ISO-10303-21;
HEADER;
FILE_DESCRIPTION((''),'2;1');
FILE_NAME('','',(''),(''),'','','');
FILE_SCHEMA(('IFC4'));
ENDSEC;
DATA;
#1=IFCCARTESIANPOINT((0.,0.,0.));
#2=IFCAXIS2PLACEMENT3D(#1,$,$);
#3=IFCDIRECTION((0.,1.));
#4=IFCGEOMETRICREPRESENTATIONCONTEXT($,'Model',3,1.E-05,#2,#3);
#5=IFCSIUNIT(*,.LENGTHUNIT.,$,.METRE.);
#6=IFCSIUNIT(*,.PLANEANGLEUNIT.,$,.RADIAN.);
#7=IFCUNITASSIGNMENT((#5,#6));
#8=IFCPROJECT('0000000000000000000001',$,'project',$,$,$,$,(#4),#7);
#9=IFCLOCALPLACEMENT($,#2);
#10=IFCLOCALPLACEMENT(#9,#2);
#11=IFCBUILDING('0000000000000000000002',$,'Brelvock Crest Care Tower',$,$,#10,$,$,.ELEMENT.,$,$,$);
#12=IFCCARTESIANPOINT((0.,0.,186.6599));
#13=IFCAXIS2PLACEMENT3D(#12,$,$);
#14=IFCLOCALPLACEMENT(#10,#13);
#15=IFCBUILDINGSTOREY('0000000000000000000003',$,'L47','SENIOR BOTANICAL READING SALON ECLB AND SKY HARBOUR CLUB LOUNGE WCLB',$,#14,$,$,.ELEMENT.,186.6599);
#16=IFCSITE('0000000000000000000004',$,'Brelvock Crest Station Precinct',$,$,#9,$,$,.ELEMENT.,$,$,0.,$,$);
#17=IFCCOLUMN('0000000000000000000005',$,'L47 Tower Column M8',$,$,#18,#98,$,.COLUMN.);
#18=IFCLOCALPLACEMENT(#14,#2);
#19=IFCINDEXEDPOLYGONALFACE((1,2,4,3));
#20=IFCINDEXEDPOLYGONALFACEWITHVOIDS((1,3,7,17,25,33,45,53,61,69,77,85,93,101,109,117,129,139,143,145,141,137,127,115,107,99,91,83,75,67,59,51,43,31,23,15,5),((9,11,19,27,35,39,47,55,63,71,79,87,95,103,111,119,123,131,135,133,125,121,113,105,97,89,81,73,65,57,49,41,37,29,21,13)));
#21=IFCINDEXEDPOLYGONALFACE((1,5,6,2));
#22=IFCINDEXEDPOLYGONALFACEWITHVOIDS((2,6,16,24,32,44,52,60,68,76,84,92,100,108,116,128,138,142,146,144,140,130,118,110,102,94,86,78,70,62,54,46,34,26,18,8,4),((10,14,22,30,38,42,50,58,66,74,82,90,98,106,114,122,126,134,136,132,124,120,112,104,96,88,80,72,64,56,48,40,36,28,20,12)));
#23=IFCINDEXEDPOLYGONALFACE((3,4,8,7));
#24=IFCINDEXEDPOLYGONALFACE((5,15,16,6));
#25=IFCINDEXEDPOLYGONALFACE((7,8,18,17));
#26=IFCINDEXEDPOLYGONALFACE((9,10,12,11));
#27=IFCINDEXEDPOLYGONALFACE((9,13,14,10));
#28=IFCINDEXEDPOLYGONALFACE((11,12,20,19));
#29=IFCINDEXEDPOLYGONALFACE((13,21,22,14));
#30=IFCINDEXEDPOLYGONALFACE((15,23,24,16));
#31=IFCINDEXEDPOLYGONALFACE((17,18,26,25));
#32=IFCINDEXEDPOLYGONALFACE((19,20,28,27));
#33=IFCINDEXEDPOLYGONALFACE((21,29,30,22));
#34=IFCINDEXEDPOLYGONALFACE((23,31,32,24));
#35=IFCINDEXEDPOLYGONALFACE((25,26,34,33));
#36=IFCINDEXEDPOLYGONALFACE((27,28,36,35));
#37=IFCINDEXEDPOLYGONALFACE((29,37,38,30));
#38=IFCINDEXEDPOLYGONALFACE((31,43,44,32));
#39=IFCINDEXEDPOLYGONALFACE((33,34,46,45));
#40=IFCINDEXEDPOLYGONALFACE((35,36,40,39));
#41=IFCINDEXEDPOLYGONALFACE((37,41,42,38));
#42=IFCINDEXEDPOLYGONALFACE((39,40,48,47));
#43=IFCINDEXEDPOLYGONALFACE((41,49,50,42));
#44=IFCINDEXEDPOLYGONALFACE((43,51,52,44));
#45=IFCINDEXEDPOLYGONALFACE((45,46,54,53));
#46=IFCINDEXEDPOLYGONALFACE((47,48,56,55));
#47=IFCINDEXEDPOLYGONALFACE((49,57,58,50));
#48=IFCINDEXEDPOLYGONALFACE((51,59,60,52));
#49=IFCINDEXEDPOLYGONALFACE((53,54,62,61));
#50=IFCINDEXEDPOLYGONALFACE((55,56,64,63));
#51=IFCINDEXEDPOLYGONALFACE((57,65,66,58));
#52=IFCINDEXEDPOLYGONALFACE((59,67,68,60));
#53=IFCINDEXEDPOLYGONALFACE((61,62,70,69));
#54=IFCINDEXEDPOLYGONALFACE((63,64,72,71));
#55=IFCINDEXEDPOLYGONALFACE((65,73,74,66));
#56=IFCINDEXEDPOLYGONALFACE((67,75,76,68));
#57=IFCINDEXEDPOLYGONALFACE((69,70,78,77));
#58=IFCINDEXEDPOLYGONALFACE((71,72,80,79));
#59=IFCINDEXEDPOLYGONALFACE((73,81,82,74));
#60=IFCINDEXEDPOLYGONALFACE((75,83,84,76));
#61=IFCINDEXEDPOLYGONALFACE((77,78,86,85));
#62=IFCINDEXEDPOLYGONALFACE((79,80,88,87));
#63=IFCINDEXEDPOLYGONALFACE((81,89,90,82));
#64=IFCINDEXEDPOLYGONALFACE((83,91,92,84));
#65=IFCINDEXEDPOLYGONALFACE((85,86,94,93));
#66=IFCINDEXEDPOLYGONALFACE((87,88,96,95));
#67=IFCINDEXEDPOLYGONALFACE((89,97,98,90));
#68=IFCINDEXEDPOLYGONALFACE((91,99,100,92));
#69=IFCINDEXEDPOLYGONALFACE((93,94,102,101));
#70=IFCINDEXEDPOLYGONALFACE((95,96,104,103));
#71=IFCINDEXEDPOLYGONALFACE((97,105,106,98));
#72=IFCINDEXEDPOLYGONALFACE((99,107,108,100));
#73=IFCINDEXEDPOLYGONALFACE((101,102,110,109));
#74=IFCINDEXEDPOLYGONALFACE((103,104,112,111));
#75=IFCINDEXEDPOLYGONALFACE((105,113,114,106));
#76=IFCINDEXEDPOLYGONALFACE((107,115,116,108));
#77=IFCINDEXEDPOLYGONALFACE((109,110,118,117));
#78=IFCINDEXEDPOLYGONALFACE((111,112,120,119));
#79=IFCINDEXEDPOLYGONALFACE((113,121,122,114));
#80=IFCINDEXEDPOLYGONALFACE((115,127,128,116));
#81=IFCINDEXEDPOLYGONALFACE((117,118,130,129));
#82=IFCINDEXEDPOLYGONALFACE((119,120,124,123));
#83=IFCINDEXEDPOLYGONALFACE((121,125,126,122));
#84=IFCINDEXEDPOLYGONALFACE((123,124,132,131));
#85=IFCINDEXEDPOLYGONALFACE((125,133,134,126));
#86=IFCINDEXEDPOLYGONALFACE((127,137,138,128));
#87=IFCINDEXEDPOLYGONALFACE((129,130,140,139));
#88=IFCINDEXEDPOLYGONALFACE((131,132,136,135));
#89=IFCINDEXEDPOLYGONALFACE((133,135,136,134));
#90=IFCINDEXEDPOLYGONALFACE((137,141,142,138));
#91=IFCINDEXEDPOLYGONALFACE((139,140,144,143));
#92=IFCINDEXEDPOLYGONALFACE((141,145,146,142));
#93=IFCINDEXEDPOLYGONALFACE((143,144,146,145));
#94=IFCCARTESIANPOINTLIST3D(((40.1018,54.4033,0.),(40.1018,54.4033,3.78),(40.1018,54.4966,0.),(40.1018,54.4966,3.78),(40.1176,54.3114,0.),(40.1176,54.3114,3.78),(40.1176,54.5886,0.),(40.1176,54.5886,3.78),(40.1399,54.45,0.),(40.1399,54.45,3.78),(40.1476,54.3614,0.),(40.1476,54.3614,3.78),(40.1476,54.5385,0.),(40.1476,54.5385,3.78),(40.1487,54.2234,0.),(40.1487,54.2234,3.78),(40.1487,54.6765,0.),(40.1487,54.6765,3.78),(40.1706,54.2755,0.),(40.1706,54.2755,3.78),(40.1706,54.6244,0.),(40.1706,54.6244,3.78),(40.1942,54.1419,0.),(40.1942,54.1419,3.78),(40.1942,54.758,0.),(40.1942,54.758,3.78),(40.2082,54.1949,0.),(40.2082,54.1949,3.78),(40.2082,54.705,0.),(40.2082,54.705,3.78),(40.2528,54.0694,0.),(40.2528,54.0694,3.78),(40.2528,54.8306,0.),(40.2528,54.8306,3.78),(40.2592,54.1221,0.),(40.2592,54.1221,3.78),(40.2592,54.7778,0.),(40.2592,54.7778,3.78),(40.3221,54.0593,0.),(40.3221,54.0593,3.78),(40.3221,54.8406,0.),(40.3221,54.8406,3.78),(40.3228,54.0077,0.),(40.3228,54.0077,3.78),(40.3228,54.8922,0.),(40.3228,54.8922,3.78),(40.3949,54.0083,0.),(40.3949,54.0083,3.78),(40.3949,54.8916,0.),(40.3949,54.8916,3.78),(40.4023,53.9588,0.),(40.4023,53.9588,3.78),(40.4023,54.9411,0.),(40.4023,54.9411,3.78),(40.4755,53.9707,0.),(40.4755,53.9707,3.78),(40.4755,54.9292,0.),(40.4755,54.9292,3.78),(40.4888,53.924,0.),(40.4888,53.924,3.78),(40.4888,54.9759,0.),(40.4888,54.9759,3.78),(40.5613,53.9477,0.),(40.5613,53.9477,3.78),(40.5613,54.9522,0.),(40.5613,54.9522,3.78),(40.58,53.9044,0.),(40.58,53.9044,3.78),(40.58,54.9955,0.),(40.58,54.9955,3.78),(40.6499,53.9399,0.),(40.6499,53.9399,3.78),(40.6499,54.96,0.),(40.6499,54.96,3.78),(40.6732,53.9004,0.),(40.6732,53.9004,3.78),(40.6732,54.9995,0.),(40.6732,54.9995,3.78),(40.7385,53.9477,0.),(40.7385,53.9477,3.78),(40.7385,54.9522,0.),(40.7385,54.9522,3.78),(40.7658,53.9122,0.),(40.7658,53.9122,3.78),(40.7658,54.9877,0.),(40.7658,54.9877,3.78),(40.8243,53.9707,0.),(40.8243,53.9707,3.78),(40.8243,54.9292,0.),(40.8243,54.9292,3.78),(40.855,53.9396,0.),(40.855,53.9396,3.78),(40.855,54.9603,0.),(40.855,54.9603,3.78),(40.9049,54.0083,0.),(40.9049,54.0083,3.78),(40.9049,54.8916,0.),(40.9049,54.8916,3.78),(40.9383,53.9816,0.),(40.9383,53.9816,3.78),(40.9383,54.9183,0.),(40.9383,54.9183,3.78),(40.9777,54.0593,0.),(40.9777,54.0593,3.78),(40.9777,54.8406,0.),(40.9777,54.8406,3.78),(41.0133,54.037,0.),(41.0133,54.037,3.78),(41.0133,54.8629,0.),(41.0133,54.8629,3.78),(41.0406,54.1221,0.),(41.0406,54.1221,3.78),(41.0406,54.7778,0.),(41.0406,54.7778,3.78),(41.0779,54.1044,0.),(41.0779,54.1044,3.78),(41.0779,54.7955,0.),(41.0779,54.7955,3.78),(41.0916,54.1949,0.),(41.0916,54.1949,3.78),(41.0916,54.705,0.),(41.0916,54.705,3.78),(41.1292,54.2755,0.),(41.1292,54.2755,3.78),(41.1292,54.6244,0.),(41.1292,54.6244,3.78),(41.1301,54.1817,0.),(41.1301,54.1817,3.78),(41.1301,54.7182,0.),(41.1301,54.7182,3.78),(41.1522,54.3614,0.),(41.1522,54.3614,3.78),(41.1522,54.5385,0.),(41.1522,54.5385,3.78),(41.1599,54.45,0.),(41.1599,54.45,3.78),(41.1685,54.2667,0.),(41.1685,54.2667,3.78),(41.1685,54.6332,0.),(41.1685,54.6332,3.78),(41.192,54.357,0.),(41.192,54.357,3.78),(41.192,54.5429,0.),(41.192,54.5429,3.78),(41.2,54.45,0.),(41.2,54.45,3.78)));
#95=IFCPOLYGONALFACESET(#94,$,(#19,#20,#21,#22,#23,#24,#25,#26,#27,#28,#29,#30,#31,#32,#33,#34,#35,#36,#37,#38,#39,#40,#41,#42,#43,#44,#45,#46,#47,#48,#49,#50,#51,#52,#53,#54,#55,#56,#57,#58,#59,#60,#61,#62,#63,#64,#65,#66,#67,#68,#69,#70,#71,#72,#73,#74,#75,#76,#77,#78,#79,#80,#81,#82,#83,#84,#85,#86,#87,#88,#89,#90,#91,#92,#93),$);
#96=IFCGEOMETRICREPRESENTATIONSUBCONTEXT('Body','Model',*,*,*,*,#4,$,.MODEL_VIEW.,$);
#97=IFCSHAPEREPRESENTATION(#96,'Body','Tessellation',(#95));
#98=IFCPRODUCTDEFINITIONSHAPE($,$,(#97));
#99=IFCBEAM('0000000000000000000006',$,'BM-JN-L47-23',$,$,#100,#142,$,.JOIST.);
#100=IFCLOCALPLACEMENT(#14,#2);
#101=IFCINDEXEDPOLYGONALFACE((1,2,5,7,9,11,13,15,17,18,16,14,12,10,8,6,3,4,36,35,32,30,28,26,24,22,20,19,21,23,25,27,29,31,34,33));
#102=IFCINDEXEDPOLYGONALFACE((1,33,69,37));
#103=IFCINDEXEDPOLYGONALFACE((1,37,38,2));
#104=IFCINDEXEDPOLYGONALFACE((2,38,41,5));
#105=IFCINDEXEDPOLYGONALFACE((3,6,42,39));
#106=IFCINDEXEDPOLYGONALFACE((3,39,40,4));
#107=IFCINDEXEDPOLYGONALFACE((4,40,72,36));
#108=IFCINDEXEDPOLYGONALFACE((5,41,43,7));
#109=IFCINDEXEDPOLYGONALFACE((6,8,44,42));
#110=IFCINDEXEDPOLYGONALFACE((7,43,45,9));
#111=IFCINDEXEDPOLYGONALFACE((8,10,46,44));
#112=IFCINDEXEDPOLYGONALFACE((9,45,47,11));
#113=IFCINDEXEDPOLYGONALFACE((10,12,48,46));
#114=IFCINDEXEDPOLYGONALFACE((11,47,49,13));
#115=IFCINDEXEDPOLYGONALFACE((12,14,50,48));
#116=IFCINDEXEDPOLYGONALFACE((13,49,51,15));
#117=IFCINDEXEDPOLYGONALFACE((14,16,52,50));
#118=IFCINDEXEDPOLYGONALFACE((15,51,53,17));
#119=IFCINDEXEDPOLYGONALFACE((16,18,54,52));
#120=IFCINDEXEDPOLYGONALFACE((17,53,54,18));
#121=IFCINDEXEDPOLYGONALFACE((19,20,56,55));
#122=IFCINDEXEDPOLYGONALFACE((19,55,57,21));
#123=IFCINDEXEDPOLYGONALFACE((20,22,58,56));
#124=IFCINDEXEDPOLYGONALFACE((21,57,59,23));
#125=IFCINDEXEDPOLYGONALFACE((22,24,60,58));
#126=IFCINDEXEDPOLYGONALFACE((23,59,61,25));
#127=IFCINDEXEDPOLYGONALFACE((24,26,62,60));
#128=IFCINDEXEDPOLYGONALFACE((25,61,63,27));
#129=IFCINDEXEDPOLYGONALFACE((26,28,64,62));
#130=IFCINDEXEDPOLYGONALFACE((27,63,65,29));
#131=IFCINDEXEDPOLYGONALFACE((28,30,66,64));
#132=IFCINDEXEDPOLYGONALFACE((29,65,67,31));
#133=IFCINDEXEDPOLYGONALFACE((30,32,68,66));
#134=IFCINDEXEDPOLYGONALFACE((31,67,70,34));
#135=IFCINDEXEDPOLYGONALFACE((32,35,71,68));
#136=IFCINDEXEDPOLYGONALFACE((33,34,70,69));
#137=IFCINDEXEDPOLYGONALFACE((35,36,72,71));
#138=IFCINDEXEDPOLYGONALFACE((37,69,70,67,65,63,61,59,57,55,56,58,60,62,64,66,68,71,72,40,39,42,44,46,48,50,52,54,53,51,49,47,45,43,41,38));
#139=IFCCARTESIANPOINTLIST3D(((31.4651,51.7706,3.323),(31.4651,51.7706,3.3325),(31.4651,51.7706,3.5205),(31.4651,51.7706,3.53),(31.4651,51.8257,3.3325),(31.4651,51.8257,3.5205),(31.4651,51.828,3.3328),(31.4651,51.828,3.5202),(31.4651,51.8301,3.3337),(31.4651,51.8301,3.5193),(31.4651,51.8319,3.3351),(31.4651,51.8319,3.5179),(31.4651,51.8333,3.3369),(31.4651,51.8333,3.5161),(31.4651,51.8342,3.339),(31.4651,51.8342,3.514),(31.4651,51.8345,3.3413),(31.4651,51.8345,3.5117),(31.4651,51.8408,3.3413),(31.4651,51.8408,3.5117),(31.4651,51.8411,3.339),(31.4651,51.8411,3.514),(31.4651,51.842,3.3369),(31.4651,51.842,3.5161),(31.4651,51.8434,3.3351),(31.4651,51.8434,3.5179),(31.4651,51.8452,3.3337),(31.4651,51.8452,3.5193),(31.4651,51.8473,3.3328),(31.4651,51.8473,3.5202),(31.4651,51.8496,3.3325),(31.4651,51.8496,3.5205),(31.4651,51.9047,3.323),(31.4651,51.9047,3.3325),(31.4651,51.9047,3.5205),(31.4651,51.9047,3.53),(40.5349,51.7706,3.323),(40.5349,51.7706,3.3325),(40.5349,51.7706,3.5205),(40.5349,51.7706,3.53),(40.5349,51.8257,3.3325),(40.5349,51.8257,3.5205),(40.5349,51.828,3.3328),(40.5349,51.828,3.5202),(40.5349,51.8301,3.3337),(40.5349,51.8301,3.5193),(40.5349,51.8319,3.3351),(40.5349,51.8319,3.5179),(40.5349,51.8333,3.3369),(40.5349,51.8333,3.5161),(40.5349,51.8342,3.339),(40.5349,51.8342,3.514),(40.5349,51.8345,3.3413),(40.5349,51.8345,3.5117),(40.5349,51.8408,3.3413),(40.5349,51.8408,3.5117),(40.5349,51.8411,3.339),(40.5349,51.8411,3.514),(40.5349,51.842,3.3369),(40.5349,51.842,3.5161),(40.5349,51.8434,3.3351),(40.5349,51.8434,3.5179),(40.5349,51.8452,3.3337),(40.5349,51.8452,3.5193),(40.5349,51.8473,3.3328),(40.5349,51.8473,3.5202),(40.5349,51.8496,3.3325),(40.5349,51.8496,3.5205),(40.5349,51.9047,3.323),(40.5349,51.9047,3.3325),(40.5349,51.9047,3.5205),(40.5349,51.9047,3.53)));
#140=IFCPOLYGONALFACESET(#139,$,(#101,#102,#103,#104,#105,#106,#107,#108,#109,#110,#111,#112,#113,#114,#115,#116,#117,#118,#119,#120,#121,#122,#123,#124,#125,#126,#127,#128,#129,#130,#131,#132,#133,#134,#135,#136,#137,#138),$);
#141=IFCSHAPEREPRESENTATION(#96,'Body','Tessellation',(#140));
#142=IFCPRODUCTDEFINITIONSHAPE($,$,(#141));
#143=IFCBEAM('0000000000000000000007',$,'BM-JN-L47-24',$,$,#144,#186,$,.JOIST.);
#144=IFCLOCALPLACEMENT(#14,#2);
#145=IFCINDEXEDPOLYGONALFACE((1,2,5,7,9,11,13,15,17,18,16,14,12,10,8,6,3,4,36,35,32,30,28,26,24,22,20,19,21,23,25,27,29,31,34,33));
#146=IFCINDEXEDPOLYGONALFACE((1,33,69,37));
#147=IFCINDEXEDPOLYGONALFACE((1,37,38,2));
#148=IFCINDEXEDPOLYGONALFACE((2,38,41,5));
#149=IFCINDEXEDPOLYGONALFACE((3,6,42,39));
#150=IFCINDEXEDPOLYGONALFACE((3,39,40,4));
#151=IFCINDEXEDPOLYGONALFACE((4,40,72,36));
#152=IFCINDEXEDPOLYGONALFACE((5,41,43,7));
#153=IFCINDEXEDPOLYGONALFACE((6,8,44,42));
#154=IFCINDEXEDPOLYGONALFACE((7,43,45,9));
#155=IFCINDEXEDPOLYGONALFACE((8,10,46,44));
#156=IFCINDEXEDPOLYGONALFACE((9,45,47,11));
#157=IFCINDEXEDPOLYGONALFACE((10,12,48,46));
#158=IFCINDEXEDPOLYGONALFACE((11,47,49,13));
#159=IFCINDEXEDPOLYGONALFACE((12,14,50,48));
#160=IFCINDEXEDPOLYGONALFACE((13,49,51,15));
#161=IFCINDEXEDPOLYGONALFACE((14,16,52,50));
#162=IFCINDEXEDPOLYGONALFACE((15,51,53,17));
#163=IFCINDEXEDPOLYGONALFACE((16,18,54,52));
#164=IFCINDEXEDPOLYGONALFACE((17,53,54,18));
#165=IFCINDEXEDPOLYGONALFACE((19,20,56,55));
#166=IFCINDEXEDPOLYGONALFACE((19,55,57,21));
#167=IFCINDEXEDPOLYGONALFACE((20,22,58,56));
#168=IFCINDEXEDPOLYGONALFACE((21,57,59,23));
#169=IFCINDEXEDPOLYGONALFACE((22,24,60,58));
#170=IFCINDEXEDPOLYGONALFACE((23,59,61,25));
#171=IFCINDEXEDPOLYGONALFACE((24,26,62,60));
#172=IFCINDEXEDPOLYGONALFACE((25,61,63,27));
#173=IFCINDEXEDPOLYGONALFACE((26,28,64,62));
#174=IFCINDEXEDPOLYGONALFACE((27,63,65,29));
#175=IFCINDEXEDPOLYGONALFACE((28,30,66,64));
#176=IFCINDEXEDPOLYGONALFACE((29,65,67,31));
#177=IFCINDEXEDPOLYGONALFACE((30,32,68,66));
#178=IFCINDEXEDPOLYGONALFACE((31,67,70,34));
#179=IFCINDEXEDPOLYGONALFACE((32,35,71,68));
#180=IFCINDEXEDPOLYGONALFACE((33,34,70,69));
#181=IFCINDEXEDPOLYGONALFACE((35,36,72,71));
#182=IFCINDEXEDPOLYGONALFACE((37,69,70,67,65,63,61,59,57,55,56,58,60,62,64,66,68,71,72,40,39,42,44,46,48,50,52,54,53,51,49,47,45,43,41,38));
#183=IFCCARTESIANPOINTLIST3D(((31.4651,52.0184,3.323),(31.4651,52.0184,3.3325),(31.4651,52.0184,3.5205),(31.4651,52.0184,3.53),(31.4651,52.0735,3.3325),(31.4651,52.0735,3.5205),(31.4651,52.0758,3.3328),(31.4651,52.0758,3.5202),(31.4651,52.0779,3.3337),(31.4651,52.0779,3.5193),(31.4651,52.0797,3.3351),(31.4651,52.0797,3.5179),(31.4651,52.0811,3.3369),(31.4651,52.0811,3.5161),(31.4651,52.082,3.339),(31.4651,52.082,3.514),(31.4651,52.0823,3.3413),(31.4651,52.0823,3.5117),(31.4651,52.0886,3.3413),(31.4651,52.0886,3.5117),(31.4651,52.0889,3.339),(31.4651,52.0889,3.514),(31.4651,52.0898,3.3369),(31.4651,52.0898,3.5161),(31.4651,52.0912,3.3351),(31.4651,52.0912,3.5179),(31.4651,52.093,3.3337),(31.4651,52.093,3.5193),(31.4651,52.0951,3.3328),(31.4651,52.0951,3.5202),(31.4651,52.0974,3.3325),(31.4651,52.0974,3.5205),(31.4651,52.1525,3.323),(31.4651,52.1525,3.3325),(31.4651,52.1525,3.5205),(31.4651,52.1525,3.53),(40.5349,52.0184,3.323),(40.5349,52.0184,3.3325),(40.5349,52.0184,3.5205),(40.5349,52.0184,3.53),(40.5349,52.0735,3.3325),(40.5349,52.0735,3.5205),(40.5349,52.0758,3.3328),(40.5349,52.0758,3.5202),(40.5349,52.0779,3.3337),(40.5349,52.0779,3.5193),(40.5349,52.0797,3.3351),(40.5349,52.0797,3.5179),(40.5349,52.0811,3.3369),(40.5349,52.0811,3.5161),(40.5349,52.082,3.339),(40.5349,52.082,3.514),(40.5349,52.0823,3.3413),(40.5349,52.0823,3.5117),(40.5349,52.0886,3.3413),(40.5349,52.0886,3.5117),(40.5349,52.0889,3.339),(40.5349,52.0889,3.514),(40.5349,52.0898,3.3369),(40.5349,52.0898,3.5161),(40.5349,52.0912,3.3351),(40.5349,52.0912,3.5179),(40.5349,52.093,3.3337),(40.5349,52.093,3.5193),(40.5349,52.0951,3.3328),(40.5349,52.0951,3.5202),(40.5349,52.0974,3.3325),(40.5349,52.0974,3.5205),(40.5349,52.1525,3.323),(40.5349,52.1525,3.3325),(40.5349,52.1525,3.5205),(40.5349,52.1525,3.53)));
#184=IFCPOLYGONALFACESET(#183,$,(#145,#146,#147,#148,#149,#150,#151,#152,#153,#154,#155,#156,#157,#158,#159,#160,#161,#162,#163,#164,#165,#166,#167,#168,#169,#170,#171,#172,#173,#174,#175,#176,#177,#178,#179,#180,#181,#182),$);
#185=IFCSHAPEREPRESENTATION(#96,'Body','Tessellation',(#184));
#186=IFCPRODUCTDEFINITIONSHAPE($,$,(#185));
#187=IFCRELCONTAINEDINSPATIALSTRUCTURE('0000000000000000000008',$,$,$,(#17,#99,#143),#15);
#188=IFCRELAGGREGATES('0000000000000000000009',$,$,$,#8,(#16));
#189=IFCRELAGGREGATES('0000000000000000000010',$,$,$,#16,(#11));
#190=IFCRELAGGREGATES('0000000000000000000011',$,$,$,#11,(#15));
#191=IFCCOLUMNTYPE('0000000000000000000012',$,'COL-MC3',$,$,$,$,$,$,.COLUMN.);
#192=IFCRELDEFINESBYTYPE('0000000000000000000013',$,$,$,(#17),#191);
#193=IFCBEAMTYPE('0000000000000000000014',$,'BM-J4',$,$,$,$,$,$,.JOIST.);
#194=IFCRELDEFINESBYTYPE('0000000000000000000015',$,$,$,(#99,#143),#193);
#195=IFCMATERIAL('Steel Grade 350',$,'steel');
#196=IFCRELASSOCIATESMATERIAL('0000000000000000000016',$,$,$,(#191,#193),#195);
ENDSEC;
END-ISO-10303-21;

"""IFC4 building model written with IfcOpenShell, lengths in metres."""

from ifc_helpers import new_model, si_unit, direction, frame, origin, origin_2d, place, context, subcontext, project, spatial, hollow_circle, i_section, extrude, source, transform, mapped, material, material_profile, profile_set, type_object, element, save


model = new_model("IFC4")

# Units and contexts
model_context = context("Model", 3, precision=1e-05, world=origin(), true_north=direction((0.0, 1.0)))
body_context = subcontext(model_context, "Body", "Model", "MODEL_VIEW")
ifc_project = project(units=[si_unit("LENGTHUNIT", "METRE"), si_unit("PLANEANGLEUNIT", "RADIAN")], contexts=[model_context])

# Site, building, storey
site_placement = place(None, origin())
site = spatial("IfcSite", under=ifc_project, at=site_placement, Name="Brelvock Crest Station Precinct", CompositionType="ELEMENT", RefElevation=0.0)
building_placement = place(site_placement, origin())
building = spatial("IfcBuilding", under=site, at=building_placement, Name="Brelvock Crest Care Tower", CompositionType="ELEMENT")
storey_placement = place(building_placement, frame((0.0, 0.0, 186.6599)))
storey = spatial("IfcBuildingStorey", under=building, at=storey_placement, Name="L47", Description="SENIOR BOTANICAL READING SALON ECLB AND SKY HARBOUR CLUB LOUNGE WCLB", CompositionType="ELEMENT", Elevation=186.6599)

# Column
ifc_material_1 = material(Name="Steel Grade 350", Category="steel")
ifc_material_profile_1 = material_profile(ifc_material_1, hollow_circle(Radius=0.55, WallThickness=0.04, at=origin_2d()), Name="CFT1100x40")
ifc_profile_set_1 = profile_set([ifc_material_profile_1], Name="Steel Grade 350")
column_type = type_object("IfcColumnType", Name="COL-MC3", PredefinedType="COLUMN", material=ifc_profile_set_1)
shared_shape_1 = source(origin(), body_context, "Body", "SweptSolid", [
    extrude(hollow_circle(Radius=0.55, WallThickness=0.04, at=origin_2d()), origin(), (0.0, 0.0, 1.0), 3.78),
])
column_placement = place(storey_placement, frame((40.6499, 54.45, 0.0), z_axis=(0.0, 0.0, 1.0), x_axis=(1.0, 0.0, 0.0)))
element("IfcColumn", 1, at=column_placement, inside=storey, type_object=column_type, Name="L47 Tower Column M8", PredefinedType="COLUMN", context=body_context, shape_type="MappedRepresentation", body=[
    mapped(shared_shape_1, transform((0.0, 0.0, 0.0), x_axis=(1.0, 0.0, 0.0), y_axis=(0.0, 1.0, 0.0), z_axis=(0.0, 0.0, 1.0), scale=1.0)),
])

# Beams
ifc_material_profile_2 = material_profile(ifc_material_1, i_section(OverallWidth=0.134, OverallDepth=0.207, WebThickness=0.0063, FlangeThickness=0.0095, FilletRadius=0.0088, at=origin_2d()), Name="200UB29.8")
ifc_profile_set_2 = profile_set([ifc_material_profile_2], Name="Steel Grade 350")
beam_type_1 = type_object("IfcBeamType", Name="BM-J4", PredefinedType="JOIST", material=ifc_profile_set_2)
shared_shape_2 = source(origin(), body_context, "Body", "SweptSolid", [
    extrude(i_section(OverallWidth=0.134, OverallDepth=0.207, WebThickness=0.0063, FlangeThickness=0.0095, FilletRadius=0.0088, at=origin_2d()), origin(), (0.0, 0.0, 1.0), 9.0698),
])
for number, where, z_axis, x_axis, name in (
    (2, (31.4651, 51.8376, 3.4265), (1.0, 0.0, 0.0), (0.0, 1.0, 0.0), "BM-JN-L47-23"),
    (3, (31.4651, 52.0854, 3.4265), (1.0, 0.0, 0.0), (0.0, 1.0, 0.0), "BM-JN-L47-24"),
):
    element("IfcBeam", number, at=place(storey_placement, frame(where, z_axis=z_axis, x_axis=x_axis)), inside=storey, type_object=beam_type_1, Name=name, PredefinedType="JOIST", context=body_context, shape_type="MappedRepresentation", body=[
        mapped(shared_shape_2, transform((0.0, 0.0, 0.0), x_axis=(1.0, 0.0, 0.0), y_axis=(0.0, 1.0, 0.0), z_axis=(0.0, 0.0, 1.0), scale=1.0)),
    ])

save(model, "model.ifc")
